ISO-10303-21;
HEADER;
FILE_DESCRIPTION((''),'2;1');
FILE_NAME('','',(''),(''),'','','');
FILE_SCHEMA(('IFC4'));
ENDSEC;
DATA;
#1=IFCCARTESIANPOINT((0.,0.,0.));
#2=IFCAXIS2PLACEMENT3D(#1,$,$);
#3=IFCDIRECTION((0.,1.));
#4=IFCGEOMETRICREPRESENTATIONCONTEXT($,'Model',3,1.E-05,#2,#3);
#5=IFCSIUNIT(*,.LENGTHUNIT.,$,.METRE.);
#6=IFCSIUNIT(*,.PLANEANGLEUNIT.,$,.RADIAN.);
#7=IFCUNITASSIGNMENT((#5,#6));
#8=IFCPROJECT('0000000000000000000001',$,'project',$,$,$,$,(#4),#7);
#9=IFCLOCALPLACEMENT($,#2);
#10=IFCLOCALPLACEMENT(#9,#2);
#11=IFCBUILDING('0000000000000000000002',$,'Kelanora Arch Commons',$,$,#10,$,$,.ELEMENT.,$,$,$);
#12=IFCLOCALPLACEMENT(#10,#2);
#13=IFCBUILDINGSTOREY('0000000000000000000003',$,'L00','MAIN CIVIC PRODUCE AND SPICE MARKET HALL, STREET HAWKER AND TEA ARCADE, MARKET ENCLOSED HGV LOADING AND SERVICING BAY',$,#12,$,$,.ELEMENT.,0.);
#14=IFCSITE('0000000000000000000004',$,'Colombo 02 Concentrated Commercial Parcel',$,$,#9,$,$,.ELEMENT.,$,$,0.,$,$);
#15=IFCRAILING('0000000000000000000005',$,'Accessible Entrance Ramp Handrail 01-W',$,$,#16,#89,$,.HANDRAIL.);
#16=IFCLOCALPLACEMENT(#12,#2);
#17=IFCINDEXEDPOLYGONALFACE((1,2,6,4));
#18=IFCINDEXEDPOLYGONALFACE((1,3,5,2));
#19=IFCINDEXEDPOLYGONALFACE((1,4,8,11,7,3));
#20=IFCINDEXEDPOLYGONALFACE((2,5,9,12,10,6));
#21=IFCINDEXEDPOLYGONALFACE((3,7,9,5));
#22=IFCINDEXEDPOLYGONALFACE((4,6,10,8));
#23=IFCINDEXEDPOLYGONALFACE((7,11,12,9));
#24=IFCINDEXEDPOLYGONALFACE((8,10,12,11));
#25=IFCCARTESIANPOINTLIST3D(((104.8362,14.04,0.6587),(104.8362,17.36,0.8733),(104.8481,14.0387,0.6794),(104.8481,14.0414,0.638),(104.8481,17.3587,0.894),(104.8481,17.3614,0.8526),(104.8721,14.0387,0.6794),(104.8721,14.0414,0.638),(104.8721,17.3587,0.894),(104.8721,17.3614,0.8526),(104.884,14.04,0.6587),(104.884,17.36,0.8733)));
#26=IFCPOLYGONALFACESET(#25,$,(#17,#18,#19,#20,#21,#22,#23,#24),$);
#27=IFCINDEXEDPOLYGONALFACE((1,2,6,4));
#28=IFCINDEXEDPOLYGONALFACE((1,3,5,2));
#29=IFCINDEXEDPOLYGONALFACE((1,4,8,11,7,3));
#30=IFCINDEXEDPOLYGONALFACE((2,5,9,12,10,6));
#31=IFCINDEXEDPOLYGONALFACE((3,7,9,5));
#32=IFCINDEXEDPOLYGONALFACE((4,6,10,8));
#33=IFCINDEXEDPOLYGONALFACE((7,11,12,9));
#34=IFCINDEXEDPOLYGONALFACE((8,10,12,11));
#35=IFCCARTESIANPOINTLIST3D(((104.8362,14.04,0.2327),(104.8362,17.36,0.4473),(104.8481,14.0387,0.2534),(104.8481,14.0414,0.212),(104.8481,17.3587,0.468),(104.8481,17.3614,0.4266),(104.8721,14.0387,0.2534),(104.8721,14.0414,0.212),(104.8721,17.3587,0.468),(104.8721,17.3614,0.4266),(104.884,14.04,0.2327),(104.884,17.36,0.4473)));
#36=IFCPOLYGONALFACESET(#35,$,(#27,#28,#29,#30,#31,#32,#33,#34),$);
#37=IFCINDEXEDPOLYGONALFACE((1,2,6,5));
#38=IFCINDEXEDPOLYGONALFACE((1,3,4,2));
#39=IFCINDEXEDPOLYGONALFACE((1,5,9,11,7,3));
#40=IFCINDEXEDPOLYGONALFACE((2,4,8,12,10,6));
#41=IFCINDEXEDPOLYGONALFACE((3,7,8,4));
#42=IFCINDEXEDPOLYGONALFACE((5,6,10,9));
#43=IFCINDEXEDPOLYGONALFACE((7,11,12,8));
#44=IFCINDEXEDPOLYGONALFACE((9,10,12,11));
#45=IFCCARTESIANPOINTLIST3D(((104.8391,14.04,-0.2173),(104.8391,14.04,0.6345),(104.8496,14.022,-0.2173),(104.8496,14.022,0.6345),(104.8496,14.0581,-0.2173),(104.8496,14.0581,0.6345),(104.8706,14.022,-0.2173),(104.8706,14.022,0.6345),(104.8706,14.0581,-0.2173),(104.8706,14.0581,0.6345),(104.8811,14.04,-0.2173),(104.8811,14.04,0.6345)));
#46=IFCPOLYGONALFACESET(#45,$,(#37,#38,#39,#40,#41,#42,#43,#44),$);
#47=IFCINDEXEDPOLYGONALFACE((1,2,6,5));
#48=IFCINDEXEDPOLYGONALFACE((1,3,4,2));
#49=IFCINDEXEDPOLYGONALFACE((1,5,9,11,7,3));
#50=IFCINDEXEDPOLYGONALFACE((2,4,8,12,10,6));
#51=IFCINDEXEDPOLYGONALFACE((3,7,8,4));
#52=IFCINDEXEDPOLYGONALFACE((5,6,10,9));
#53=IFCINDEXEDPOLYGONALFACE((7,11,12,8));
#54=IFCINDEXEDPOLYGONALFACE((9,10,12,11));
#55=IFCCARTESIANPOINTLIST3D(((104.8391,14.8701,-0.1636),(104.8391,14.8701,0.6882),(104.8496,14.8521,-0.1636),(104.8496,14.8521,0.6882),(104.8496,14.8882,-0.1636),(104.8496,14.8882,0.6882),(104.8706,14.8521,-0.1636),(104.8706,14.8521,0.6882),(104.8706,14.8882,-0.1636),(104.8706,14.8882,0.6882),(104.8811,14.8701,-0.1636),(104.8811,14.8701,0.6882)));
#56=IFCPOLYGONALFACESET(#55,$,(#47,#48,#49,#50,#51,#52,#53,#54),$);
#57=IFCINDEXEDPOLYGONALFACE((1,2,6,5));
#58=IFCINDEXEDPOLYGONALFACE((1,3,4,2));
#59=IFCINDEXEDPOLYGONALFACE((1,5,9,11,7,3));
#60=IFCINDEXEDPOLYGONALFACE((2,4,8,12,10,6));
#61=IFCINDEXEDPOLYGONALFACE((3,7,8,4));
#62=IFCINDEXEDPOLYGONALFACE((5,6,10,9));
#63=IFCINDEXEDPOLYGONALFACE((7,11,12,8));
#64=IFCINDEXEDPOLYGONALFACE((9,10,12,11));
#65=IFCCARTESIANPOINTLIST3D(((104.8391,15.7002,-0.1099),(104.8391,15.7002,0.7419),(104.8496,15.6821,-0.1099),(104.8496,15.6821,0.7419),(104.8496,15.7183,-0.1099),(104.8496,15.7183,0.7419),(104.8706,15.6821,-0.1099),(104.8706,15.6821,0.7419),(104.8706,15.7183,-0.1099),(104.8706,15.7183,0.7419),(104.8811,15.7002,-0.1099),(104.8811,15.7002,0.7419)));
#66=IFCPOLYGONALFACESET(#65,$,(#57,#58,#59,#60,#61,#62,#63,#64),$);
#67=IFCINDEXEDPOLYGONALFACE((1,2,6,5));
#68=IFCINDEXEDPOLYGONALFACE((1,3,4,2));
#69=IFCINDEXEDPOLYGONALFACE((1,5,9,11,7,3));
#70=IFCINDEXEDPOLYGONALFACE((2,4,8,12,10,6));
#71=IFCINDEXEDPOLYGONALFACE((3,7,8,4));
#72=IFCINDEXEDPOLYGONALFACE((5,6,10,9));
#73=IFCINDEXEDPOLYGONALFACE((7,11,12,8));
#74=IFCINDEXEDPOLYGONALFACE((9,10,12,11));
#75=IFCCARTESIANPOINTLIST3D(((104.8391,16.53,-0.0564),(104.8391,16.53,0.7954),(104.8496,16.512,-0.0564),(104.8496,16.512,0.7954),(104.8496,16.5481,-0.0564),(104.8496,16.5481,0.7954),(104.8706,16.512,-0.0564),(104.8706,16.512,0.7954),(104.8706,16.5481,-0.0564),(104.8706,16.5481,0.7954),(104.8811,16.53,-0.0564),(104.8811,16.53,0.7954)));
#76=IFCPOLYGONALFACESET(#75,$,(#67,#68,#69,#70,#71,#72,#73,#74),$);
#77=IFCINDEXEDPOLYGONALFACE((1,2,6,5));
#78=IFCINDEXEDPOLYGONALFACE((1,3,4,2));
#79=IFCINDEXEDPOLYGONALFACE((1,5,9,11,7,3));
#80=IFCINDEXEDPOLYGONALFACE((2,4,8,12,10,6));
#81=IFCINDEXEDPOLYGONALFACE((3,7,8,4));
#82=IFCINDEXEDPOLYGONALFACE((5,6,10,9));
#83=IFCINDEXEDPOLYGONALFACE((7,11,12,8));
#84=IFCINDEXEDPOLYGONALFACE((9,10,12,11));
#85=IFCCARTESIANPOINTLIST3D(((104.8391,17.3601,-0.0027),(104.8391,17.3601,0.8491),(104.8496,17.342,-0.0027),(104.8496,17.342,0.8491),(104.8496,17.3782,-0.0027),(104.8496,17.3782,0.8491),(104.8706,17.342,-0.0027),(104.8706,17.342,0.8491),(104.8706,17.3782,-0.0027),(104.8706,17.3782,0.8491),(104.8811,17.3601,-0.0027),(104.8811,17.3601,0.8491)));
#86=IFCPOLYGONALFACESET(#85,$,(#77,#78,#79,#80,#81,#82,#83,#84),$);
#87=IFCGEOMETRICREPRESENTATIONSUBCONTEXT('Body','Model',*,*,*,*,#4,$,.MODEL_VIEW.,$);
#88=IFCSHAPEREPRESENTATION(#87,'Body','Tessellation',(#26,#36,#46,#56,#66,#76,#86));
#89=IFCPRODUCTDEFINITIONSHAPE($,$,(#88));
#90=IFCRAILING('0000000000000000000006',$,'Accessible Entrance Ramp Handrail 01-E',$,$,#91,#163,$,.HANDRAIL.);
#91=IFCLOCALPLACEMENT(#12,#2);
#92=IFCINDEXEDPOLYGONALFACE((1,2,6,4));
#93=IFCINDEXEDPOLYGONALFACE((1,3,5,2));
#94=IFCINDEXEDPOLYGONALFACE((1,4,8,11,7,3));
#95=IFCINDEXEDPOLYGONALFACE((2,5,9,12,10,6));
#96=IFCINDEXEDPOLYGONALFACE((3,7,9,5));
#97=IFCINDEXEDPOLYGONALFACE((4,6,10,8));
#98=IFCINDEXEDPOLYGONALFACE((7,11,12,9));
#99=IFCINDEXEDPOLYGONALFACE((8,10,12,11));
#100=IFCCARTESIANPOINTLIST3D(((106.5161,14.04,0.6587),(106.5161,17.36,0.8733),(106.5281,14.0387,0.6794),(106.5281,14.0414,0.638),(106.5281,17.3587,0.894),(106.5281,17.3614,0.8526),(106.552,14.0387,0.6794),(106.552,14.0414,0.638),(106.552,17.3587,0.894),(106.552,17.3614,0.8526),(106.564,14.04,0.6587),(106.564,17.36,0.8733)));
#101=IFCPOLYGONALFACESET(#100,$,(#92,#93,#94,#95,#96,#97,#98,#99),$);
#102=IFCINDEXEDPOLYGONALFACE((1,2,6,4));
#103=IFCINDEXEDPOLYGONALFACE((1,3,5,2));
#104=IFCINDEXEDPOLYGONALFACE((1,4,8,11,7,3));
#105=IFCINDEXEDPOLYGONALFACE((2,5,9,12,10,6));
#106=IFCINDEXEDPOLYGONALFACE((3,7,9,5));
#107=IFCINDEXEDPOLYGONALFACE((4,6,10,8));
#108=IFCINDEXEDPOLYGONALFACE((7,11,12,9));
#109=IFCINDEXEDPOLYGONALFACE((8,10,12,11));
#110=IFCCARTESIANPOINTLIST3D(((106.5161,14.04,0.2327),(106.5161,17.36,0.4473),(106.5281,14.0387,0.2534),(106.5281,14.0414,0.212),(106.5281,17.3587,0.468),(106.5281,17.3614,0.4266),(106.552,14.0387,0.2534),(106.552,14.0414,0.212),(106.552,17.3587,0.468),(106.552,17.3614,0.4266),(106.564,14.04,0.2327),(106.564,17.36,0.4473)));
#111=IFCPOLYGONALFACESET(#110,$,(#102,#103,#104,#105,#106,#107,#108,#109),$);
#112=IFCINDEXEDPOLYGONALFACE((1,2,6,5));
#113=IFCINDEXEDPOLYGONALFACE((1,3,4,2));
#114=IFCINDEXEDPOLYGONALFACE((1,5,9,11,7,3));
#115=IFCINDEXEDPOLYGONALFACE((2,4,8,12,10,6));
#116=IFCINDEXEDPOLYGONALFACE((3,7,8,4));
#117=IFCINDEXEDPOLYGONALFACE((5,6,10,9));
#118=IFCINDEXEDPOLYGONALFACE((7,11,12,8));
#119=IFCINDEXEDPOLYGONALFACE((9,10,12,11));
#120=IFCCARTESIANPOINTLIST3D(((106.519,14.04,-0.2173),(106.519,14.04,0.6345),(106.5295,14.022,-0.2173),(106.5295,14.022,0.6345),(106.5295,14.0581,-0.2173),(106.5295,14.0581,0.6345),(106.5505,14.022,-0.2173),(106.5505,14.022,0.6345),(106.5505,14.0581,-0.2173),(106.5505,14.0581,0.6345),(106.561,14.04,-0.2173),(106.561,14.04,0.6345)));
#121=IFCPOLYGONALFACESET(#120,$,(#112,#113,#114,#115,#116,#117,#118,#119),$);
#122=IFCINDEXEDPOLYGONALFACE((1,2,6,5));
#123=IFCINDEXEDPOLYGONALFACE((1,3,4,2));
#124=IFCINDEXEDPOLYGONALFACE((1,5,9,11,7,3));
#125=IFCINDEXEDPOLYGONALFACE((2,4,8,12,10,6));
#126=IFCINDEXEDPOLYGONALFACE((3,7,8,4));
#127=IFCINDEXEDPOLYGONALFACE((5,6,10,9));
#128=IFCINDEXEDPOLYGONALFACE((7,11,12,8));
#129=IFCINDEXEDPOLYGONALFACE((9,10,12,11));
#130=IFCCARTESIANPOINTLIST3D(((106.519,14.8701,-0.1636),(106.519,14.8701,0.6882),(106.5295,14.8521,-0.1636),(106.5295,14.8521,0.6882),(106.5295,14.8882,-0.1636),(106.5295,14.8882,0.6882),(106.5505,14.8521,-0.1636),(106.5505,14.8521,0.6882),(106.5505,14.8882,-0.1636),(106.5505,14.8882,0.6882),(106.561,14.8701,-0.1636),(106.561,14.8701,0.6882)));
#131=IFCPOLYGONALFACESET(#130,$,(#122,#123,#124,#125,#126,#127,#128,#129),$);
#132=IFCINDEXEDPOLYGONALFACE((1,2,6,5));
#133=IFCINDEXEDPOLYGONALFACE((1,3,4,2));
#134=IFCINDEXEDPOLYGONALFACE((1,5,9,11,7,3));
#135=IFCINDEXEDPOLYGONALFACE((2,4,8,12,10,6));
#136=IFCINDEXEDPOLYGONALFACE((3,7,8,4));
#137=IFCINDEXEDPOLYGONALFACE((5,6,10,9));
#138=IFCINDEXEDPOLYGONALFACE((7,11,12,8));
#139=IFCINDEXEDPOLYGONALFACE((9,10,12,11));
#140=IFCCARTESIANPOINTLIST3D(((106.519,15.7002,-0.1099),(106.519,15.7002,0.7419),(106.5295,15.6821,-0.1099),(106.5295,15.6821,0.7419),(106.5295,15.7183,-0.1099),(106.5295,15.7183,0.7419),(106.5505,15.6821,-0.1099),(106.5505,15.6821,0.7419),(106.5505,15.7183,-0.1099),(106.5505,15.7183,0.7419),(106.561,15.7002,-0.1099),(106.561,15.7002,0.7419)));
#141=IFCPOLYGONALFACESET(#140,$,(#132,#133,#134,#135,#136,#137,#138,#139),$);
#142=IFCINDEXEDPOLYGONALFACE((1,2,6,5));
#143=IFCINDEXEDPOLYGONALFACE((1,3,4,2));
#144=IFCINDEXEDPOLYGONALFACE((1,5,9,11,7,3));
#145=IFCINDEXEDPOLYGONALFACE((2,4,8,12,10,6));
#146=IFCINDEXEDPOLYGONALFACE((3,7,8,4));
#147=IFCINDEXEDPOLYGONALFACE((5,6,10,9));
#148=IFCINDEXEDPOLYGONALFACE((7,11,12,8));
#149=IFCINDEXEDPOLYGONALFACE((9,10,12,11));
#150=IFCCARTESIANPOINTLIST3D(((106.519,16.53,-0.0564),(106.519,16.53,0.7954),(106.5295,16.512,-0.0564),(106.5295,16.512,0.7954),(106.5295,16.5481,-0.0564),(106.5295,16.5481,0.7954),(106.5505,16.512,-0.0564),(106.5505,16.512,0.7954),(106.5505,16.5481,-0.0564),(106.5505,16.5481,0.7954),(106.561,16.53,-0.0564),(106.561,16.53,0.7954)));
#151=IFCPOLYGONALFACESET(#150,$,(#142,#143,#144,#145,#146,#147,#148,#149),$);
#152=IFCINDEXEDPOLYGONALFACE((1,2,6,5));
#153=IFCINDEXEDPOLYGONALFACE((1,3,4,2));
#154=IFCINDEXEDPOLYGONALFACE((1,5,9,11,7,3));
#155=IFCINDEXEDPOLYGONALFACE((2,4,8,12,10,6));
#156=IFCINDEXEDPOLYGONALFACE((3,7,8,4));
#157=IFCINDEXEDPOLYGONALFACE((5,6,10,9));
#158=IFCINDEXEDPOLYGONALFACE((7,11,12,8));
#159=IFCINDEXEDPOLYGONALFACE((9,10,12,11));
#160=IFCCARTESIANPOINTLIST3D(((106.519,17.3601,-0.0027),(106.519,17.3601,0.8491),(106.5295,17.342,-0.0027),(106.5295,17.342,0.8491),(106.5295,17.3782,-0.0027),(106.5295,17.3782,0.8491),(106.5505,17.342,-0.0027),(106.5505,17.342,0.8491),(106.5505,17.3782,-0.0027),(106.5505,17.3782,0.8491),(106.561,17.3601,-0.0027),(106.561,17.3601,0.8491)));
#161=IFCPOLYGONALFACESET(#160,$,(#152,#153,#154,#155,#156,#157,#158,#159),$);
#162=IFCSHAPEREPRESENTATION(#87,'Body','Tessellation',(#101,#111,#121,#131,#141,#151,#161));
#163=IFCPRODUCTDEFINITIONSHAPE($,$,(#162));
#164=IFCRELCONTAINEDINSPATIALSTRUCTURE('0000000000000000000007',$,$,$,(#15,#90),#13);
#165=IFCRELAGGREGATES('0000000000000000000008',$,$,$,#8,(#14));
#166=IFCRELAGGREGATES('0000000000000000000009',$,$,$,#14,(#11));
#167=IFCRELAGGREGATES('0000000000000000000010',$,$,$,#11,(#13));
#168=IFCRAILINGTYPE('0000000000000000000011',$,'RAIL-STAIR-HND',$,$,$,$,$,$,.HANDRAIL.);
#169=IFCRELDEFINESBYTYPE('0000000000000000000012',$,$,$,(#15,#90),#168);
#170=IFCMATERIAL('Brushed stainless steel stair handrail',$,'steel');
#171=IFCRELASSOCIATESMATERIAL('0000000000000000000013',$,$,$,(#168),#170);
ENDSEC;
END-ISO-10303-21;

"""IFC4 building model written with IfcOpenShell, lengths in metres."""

from ifc_helpers import new_model, si_unit, direction, frame, origin, place, context, subcontext, project, spatial, polyline, outline, extrude, material, type_object, element, save


model = new_model("IFC4")

# Units and contexts
model_context = context("Model", 3, precision=1e-05, world=origin(), true_north=direction((0.0, 1.0)))
body_context = subcontext(model_context, "Body", "Model", "MODEL_VIEW")
ifc_project = project(units=[si_unit("LENGTHUNIT", "METRE"), si_unit("PLANEANGLEUNIT", "RADIAN")], contexts=[model_context])

# Site, building, storey
site_placement = place(None, origin())
site = spatial("IfcSite", under=ifc_project, at=site_placement, Name="Colombo 02 Concentrated Commercial Parcel", CompositionType="ELEMENT", RefElevation=0.0)
building_placement = place(site_placement, origin())
building = spatial("IfcBuilding", under=site, at=building_placement, Name="Kelanora Arch Commons", CompositionType="ELEMENT")
storey_placement = place(building_placement, origin())
storey = spatial("IfcBuildingStorey", under=building, at=storey_placement, Name="L00", Description="MAIN CIVIC PRODUCE AND SPICE MARKET HALL, STREET HAWKER AND TEA ARCADE, MARKET ENCLOSED HGV LOADING AND SERVICING BAY", CompositionType="ELEMENT", Elevation=0.0)

# Railings
ifc_material_1 = material(Name="Brushed stainless steel stair handrail", Category="steel")
railing_type_1 = type_object("IfcRailingType", Name="RAIL-STAIR-HND", PredefinedType="HANDRAIL", material=ifc_material_1)
railing_1_placement = place(storey_placement, frame((104.8601, 14.04, -0.2173)))
element("IfcRailing", 1, at=railing_1_placement, inside=storey, type_object=railing_type_1, Name="Accessible Entrance Ramp Handrail 01-W", PredefinedType="HANDRAIL", context=body_context, shape_type="SweptSolid", body=[
    extrude(outline(polyline([(0.0239, 0.0), (0.012, 0.0208), (-0.012, 0.0208), (-0.0239, 0.0), (-0.012, -0.0208), (0.012, -0.0208), (0.0239, 0.0)])), frame((0.0, 0.0, 0.876), z_axis=(0.0, 0.997918, 0.064503), x_axis=(-1.0, 0.0, 0.0)), (0.0, 0.0, 1.0), 3.3269),
    extrude(outline(polyline([(0.0239, 0.0), (0.012, 0.0208), (-0.012, 0.0208), (-0.0239, 0.0), (-0.012, -0.0208), (0.012, -0.0208), (0.0239, 0.0)])), frame((0.0, 0.0, 0.45), z_axis=(0.0, 0.997918, 0.064503), x_axis=(-1.0, 0.0, 0.0)), (0.0, 0.0, 1.0), 3.3269),
    extrude(outline(polyline([(0.021, 0.0), (0.0105, 0.0181), (-0.0105, 0.0181), (-0.021, 0.0), (-0.0105, -0.0181), (0.0105, -0.0181), (0.021, 0.0)])), origin(), (0.0, 0.0, 1.0), 0.8518),
    extrude(outline(polyline([(0.021, 0.0), (0.0105, 0.0181), (-0.0105, 0.0181), (-0.021, 0.0), (-0.0105, -0.0181), (0.0105, -0.0181), (0.021, 0.0)])), frame((0.0, 0.8301, 0.0537)), (0.0, 0.0, 1.0), 0.8518),
    extrude(outline(polyline([(0.021, 0.0), (0.0105, 0.0181), (-0.0105, 0.0181), (-0.021, 0.0), (-0.0105, -0.0181), (0.0105, -0.0181), (0.021, 0.0)])), frame((0.0, 1.6602, 0.1074)), (0.0, 0.0, 1.0), 0.8518),
    extrude(outline(polyline([(0.021, 0.0), (0.0105, 0.0181), (-0.0105, 0.0181), (-0.021, 0.0), (-0.0105, -0.0181), (0.0105, -0.0181), (0.021, 0.0)])), frame((0.0, 2.49, 0.1609)), (0.0, 0.0, 1.0), 0.8518),
    extrude(outline(polyline([(0.021, 0.0), (0.0105, 0.0181), (-0.0105, 0.0181), (-0.021, 0.0), (-0.0105, -0.0181), (0.0105, -0.0181), (0.021, 0.0)])), frame((0.0, 3.3201, 0.2146)), (0.0, 0.0, 1.0), 0.8518),
])
railing_2_placement = place(storey_placement, frame((106.54, 14.04, -0.2173)))
element("IfcRailing", 2, at=railing_2_placement, inside=storey, type_object=railing_type_1, Name="Accessible Entrance Ramp Handrail 01-E", PredefinedType="HANDRAIL", context=body_context, shape_type="SweptSolid", body=[
    extrude(outline(polyline([(0.0239, 0.0), (0.012, 0.0208), (-0.012, 0.0208), (-0.0239, 0.0), (-0.012, -0.0208), (0.012, -0.0208), (0.0239, 0.0)])), frame((0.0, 0.0, 0.876), z_axis=(0.0, 0.997918, 0.064503), x_axis=(-1.0, 0.0, 0.0)), (0.0, 0.0, 1.0), 3.3269),
    extrude(outline(polyline([(0.0239, 0.0), (0.012, 0.0208), (-0.012, 0.0208), (-0.0239, 0.0), (-0.012, -0.0208), (0.012, -0.0208), (0.0239, 0.0)])), frame((0.0, 0.0, 0.45), z_axis=(0.0, 0.997918, 0.064503), x_axis=(-1.0, 0.0, 0.0)), (0.0, 0.0, 1.0), 3.3269),
    extrude(outline(polyline([(0.021, 0.0), (0.0105, 0.0181), (-0.0105, 0.0181), (-0.021, 0.0), (-0.0105, -0.0181), (0.0105, -0.0181), (0.021, 0.0)])), origin(), (0.0, 0.0, 1.0), 0.8518),
    extrude(outline(polyline([(0.021, 0.0), (0.0105, 0.0181), (-0.0105, 0.0181), (-0.021, 0.0), (-0.0105, -0.0181), (0.0105, -0.0181), (0.021, 0.0)])), frame((0.0, 0.8301, 0.0537)), (0.0, 0.0, 1.0), 0.8518),
    extrude(outline(polyline([(0.021, 0.0), (0.0105, 0.0181), (-0.0105, 0.0181), (-0.021, 0.0), (-0.0105, -0.0181), (0.0105, -0.0181), (0.021, 0.0)])), frame((0.0, 1.6602, 0.1074)), (0.0, 0.0, 1.0), 0.8518),
    extrude(outline(polyline([(0.021, 0.0), (0.0105, 0.0181), (-0.0105, 0.0181), (-0.021, 0.0), (-0.0105, -0.0181), (0.0105, -0.0181), (0.021, 0.0)])), frame((0.0, 2.49, 0.1609)), (0.0, 0.0, 1.0), 0.8518),
    extrude(outline(polyline([(0.021, 0.0), (0.0105, 0.0181), (-0.0105, 0.0181), (-0.021, 0.0), (-0.0105, -0.0181), (0.0105, -0.0181), (0.021, 0.0)])), frame((0.0, 3.3201, 0.2146)), (0.0, 0.0, 1.0), 0.8518),
])

save(model, "model.ifc")
